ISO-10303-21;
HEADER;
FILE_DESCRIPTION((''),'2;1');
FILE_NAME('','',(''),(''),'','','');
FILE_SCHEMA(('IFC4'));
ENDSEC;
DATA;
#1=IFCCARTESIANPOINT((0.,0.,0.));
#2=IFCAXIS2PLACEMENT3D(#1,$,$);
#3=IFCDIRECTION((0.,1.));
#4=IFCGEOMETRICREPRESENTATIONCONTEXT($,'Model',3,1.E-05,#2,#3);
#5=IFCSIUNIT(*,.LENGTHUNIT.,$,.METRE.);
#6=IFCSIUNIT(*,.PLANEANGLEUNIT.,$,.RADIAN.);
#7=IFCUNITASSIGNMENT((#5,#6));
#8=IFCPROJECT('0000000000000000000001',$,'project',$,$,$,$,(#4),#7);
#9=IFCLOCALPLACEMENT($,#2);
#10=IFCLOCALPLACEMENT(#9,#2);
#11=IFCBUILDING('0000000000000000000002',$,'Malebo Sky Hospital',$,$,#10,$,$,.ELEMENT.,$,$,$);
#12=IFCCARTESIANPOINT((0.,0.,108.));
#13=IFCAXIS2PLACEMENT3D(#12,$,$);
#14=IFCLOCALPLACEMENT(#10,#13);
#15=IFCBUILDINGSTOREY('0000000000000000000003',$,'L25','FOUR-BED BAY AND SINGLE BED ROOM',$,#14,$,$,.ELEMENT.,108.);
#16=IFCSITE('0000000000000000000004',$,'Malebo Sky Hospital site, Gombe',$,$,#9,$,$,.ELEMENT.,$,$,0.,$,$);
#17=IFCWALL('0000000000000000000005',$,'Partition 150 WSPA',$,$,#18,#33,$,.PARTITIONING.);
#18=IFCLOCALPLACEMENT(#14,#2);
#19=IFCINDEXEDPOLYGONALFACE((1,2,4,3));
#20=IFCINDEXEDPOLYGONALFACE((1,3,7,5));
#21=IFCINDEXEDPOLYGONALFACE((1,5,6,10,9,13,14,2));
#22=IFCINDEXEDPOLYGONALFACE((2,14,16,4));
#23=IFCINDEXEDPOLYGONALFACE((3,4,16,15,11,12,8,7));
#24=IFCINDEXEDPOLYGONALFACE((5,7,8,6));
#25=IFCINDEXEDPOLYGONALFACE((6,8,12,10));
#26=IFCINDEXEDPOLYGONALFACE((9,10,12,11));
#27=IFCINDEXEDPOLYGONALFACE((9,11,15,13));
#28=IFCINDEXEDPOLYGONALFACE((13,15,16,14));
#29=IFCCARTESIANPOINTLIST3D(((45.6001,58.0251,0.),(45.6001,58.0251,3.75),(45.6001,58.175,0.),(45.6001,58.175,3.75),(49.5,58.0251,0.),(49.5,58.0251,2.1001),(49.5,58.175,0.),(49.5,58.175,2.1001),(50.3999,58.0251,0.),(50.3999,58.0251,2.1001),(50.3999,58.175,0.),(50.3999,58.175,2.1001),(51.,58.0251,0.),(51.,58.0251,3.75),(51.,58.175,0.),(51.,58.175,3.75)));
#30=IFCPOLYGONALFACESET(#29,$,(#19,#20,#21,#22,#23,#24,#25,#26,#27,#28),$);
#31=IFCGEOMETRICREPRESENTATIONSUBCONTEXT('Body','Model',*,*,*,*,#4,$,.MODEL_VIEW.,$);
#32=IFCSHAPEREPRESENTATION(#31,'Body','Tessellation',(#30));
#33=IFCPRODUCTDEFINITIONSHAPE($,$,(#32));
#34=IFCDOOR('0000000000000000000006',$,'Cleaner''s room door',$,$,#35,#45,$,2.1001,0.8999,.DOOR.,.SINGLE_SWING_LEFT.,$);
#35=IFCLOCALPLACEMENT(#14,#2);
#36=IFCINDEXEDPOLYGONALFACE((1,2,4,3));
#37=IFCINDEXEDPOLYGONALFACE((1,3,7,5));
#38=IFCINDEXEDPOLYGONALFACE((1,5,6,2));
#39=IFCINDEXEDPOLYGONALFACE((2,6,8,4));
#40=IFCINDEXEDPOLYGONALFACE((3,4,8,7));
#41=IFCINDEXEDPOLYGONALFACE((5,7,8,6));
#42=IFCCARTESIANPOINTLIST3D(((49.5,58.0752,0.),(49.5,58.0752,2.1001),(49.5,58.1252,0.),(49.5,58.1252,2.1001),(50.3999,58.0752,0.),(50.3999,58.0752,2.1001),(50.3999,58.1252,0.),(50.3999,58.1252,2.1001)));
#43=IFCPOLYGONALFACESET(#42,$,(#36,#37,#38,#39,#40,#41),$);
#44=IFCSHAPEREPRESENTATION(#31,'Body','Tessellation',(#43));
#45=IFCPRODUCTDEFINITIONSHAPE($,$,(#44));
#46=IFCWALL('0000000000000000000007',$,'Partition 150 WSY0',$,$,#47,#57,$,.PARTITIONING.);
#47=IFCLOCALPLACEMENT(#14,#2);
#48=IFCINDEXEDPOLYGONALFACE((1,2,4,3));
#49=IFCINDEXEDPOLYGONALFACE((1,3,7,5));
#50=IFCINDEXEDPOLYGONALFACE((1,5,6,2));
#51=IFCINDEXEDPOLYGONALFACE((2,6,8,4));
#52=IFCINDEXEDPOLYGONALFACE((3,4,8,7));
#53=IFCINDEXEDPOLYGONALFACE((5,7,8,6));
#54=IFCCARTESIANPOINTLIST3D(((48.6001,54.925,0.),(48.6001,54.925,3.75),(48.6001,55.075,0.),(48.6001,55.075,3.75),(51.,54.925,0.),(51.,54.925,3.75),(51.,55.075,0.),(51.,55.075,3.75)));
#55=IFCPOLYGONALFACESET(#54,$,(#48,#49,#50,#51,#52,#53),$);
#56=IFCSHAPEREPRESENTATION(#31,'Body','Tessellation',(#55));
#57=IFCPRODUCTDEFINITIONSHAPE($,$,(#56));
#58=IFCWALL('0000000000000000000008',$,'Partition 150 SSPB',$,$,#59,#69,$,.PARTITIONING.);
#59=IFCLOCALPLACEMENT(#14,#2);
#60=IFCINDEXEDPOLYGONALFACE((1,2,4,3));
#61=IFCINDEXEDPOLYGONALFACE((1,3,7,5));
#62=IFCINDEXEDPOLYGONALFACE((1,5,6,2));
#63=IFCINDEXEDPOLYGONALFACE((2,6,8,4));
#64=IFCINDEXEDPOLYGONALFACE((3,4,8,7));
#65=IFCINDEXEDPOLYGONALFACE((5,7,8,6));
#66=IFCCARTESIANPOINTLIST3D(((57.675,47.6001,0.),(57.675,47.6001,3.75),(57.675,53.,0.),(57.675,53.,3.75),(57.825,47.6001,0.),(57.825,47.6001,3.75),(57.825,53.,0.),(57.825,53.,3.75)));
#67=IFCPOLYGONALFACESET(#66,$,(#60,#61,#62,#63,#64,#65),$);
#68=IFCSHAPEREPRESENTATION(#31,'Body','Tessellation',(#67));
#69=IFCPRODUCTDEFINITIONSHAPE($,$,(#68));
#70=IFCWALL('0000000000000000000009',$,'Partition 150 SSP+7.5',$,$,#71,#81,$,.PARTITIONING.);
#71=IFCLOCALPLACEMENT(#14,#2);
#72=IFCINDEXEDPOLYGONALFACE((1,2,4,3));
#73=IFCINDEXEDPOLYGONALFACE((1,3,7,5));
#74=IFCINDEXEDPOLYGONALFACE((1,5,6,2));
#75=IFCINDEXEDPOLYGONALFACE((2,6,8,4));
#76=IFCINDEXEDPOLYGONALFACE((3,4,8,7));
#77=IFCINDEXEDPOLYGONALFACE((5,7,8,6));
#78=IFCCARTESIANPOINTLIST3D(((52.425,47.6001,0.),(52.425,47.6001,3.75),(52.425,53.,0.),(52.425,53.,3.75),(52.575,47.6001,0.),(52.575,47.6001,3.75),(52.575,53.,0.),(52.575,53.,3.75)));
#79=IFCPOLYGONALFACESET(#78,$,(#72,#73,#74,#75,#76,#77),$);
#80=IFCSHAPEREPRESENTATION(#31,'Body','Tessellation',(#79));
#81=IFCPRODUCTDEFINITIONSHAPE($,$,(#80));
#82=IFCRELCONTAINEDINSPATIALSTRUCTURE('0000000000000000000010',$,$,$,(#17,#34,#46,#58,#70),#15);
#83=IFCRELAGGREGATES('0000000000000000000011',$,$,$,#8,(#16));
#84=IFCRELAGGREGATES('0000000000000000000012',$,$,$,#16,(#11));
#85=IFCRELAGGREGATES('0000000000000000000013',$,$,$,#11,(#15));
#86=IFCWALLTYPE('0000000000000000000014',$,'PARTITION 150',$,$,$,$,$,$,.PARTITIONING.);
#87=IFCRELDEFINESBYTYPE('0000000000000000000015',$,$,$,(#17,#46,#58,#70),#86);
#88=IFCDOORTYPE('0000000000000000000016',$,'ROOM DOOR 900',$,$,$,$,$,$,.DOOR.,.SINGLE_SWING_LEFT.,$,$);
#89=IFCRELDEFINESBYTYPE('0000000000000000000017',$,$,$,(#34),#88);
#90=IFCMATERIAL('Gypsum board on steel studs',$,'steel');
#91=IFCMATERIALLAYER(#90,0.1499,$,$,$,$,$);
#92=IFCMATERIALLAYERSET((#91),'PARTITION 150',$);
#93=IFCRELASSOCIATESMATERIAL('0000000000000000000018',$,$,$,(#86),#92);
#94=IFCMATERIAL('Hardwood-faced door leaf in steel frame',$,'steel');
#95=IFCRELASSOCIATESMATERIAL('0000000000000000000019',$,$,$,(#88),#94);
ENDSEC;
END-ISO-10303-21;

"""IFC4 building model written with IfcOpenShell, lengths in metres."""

from ifc_helpers import new_model, si_unit, direction, frame, frame_2d, origin, place, context, subcontext, project, spatial, rectangle, extrude, material, layer, layer_set, type_object, element, fill, save


model = new_model("IFC4")

# Units and contexts
model_context = context("Model", 3, precision=1e-05, world=origin(), true_north=direction((0.0, 1.0)))
body_context = subcontext(model_context, "Body", "Model", "MODEL_VIEW")
ifc_project = project(units=[si_unit("LENGTHUNIT", "METRE"), si_unit("PLANEANGLEUNIT", "RADIAN")], contexts=[model_context])

# Site, building, storey
site_placement = place(None, origin())
site = spatial("IfcSite", under=ifc_project, at=site_placement, Name="Malebo Sky Hospital site, Gombe", CompositionType="ELEMENT", RefElevation=0.0)
building_placement = place(site_placement, origin())
building = spatial("IfcBuilding", under=site, at=building_placement, Name="Malebo Sky Hospital", CompositionType="ELEMENT")
storey_placement = place(building_placement, frame((0.0, 0.0, 108.0)))
storey = spatial("IfcBuildingStorey", under=building, at=storey_placement, Name="L25", Description="FOUR-BED BAY AND SINGLE BED ROOM", CompositionType="ELEMENT", Elevation=108.0)

# Shared definitions
ifc_material_1 = material(Name="Hardwood-faced door leaf in steel frame", Category="steel")

# Shared definitions
ifc_material_2 = material(Name="Gypsum board on steel studs", Category="steel")

# Shared definitions
ifc_layer_1 = layer(ifc_material_2, 0.1499)
ifc_layer_set_1 = layer_set([ifc_layer_1], Name="PARTITION 150")
wall_type_1 = type_object("IfcWallType", Name="PARTITION 150", PredefinedType="PARTITIONING", material=ifc_layer_set_1)

# Wall, opening, door
wall_1_placement = place(storey_placement, frame((51.0, 58.1001, 0.0), z_axis=(0.0, 0.0, 1.0), x_axis=(-1.0, 0.0, 0.0)))
wall_1 = element("IfcWall", 1, at=wall_1_placement, inside=storey, type_object=wall_type_1, Name="Partition 150 WSPA", PredefinedType="PARTITIONING", context=body_context, shape_type="SweptSolid", body=[
    extrude(rectangle(XDim=5.3999, YDim=0.1499, at=frame_2d((2.7, 0.0))), origin(), (0.0, 0.0, 1.0), 3.75),
])
opening_1_placement = place(wall_1_placement, frame((0.6001, 0.0, 0.0)))
opening_1 = element("IfcOpeningElement", 2, at=opening_1_placement, cuts=wall_1, PredefinedType="OPENING", context=body_context, shape_type="SweptSolid", body=[
    extrude(rectangle(XDim=0.8999, YDim=2.1001, at=frame_2d((0.45, 1.05))), frame((0.0, 0.085, 0.0), z_axis=(0.0, -1.0, 0.0), x_axis=(1.0, 0.0, 0.0)), (0.0, 0.0, 1.0), 0.1699),
])
door_type_1 = type_object("IfcDoorType", Name="ROOM DOOR 900", OperationType="SINGLE_SWING_LEFT", PredefinedType="DOOR", material=ifc_material_1)
door_1_placement = place(opening_1_placement, origin())
door_1 = element("IfcDoor", 3, at=door_1_placement, inside=storey, type_object=door_type_1, Name="Cleaner's room door", OperationType="SINGLE_SWING_LEFT", OverallHeight=2.1001, OverallWidth=0.8999, PredefinedType="DOOR", context=body_context, shape_type="SweptSolid", body=[
    extrude(rectangle(XDim=0.8999, YDim=2.1001, at=frame_2d((0.45, 1.05))), frame((0.0, 0.0249, 0.0), z_axis=(0.0, -1.0, 0.0), x_axis=(1.0, 0.0, 0.0)), (0.0, 0.0, 1.0), 0.05),
])
fill(opening_1, door_1)

# Walls
wall_2_placement = place(storey_placement, frame((51.0, 55.0, 0.0), z_axis=(0.0, 0.0, 1.0), x_axis=(-1.0, 0.0, 0.0)))
element("IfcWall", 4, at=wall_2_placement, inside=storey, type_object=wall_type_1, Name="Partition 150 WSY0", PredefinedType="PARTITIONING", context=body_context, shape_type="SweptSolid", body=[
    extrude(rectangle(XDim=2.3999, YDim=0.1499, at=frame_2d((1.2, 0.0))), origin(), (0.0, 0.0, 1.0), 3.75),
])
for number, where, z_axis, x_axis, name in (
    (5, (57.75, 53.0, 0.0), (0.0, 0.0, 1.0), (0.0, -1.0, 0.0), "Partition 150 SSPB"),
    (6, (52.5, 53.0, 0.0), (0.0, 0.0, 1.0), (0.0, -1.0, 0.0), "Partition 150 SSP+7.5"),
):
    element("IfcWall", number, at=place(storey_placement, frame(where, z_axis=z_axis, x_axis=x_axis)), inside=storey, type_object=wall_type_1, Name=name, PredefinedType="PARTITIONING", context=body_context, shape_type="SweptSolid", body=[
        extrude(rectangle(XDim=5.3999, YDim=0.1499, at=frame_2d((2.7, 0.0))), origin(), (0.0, 0.0, 1.0), 3.75),
    ])

save(model, "model.ifc")
